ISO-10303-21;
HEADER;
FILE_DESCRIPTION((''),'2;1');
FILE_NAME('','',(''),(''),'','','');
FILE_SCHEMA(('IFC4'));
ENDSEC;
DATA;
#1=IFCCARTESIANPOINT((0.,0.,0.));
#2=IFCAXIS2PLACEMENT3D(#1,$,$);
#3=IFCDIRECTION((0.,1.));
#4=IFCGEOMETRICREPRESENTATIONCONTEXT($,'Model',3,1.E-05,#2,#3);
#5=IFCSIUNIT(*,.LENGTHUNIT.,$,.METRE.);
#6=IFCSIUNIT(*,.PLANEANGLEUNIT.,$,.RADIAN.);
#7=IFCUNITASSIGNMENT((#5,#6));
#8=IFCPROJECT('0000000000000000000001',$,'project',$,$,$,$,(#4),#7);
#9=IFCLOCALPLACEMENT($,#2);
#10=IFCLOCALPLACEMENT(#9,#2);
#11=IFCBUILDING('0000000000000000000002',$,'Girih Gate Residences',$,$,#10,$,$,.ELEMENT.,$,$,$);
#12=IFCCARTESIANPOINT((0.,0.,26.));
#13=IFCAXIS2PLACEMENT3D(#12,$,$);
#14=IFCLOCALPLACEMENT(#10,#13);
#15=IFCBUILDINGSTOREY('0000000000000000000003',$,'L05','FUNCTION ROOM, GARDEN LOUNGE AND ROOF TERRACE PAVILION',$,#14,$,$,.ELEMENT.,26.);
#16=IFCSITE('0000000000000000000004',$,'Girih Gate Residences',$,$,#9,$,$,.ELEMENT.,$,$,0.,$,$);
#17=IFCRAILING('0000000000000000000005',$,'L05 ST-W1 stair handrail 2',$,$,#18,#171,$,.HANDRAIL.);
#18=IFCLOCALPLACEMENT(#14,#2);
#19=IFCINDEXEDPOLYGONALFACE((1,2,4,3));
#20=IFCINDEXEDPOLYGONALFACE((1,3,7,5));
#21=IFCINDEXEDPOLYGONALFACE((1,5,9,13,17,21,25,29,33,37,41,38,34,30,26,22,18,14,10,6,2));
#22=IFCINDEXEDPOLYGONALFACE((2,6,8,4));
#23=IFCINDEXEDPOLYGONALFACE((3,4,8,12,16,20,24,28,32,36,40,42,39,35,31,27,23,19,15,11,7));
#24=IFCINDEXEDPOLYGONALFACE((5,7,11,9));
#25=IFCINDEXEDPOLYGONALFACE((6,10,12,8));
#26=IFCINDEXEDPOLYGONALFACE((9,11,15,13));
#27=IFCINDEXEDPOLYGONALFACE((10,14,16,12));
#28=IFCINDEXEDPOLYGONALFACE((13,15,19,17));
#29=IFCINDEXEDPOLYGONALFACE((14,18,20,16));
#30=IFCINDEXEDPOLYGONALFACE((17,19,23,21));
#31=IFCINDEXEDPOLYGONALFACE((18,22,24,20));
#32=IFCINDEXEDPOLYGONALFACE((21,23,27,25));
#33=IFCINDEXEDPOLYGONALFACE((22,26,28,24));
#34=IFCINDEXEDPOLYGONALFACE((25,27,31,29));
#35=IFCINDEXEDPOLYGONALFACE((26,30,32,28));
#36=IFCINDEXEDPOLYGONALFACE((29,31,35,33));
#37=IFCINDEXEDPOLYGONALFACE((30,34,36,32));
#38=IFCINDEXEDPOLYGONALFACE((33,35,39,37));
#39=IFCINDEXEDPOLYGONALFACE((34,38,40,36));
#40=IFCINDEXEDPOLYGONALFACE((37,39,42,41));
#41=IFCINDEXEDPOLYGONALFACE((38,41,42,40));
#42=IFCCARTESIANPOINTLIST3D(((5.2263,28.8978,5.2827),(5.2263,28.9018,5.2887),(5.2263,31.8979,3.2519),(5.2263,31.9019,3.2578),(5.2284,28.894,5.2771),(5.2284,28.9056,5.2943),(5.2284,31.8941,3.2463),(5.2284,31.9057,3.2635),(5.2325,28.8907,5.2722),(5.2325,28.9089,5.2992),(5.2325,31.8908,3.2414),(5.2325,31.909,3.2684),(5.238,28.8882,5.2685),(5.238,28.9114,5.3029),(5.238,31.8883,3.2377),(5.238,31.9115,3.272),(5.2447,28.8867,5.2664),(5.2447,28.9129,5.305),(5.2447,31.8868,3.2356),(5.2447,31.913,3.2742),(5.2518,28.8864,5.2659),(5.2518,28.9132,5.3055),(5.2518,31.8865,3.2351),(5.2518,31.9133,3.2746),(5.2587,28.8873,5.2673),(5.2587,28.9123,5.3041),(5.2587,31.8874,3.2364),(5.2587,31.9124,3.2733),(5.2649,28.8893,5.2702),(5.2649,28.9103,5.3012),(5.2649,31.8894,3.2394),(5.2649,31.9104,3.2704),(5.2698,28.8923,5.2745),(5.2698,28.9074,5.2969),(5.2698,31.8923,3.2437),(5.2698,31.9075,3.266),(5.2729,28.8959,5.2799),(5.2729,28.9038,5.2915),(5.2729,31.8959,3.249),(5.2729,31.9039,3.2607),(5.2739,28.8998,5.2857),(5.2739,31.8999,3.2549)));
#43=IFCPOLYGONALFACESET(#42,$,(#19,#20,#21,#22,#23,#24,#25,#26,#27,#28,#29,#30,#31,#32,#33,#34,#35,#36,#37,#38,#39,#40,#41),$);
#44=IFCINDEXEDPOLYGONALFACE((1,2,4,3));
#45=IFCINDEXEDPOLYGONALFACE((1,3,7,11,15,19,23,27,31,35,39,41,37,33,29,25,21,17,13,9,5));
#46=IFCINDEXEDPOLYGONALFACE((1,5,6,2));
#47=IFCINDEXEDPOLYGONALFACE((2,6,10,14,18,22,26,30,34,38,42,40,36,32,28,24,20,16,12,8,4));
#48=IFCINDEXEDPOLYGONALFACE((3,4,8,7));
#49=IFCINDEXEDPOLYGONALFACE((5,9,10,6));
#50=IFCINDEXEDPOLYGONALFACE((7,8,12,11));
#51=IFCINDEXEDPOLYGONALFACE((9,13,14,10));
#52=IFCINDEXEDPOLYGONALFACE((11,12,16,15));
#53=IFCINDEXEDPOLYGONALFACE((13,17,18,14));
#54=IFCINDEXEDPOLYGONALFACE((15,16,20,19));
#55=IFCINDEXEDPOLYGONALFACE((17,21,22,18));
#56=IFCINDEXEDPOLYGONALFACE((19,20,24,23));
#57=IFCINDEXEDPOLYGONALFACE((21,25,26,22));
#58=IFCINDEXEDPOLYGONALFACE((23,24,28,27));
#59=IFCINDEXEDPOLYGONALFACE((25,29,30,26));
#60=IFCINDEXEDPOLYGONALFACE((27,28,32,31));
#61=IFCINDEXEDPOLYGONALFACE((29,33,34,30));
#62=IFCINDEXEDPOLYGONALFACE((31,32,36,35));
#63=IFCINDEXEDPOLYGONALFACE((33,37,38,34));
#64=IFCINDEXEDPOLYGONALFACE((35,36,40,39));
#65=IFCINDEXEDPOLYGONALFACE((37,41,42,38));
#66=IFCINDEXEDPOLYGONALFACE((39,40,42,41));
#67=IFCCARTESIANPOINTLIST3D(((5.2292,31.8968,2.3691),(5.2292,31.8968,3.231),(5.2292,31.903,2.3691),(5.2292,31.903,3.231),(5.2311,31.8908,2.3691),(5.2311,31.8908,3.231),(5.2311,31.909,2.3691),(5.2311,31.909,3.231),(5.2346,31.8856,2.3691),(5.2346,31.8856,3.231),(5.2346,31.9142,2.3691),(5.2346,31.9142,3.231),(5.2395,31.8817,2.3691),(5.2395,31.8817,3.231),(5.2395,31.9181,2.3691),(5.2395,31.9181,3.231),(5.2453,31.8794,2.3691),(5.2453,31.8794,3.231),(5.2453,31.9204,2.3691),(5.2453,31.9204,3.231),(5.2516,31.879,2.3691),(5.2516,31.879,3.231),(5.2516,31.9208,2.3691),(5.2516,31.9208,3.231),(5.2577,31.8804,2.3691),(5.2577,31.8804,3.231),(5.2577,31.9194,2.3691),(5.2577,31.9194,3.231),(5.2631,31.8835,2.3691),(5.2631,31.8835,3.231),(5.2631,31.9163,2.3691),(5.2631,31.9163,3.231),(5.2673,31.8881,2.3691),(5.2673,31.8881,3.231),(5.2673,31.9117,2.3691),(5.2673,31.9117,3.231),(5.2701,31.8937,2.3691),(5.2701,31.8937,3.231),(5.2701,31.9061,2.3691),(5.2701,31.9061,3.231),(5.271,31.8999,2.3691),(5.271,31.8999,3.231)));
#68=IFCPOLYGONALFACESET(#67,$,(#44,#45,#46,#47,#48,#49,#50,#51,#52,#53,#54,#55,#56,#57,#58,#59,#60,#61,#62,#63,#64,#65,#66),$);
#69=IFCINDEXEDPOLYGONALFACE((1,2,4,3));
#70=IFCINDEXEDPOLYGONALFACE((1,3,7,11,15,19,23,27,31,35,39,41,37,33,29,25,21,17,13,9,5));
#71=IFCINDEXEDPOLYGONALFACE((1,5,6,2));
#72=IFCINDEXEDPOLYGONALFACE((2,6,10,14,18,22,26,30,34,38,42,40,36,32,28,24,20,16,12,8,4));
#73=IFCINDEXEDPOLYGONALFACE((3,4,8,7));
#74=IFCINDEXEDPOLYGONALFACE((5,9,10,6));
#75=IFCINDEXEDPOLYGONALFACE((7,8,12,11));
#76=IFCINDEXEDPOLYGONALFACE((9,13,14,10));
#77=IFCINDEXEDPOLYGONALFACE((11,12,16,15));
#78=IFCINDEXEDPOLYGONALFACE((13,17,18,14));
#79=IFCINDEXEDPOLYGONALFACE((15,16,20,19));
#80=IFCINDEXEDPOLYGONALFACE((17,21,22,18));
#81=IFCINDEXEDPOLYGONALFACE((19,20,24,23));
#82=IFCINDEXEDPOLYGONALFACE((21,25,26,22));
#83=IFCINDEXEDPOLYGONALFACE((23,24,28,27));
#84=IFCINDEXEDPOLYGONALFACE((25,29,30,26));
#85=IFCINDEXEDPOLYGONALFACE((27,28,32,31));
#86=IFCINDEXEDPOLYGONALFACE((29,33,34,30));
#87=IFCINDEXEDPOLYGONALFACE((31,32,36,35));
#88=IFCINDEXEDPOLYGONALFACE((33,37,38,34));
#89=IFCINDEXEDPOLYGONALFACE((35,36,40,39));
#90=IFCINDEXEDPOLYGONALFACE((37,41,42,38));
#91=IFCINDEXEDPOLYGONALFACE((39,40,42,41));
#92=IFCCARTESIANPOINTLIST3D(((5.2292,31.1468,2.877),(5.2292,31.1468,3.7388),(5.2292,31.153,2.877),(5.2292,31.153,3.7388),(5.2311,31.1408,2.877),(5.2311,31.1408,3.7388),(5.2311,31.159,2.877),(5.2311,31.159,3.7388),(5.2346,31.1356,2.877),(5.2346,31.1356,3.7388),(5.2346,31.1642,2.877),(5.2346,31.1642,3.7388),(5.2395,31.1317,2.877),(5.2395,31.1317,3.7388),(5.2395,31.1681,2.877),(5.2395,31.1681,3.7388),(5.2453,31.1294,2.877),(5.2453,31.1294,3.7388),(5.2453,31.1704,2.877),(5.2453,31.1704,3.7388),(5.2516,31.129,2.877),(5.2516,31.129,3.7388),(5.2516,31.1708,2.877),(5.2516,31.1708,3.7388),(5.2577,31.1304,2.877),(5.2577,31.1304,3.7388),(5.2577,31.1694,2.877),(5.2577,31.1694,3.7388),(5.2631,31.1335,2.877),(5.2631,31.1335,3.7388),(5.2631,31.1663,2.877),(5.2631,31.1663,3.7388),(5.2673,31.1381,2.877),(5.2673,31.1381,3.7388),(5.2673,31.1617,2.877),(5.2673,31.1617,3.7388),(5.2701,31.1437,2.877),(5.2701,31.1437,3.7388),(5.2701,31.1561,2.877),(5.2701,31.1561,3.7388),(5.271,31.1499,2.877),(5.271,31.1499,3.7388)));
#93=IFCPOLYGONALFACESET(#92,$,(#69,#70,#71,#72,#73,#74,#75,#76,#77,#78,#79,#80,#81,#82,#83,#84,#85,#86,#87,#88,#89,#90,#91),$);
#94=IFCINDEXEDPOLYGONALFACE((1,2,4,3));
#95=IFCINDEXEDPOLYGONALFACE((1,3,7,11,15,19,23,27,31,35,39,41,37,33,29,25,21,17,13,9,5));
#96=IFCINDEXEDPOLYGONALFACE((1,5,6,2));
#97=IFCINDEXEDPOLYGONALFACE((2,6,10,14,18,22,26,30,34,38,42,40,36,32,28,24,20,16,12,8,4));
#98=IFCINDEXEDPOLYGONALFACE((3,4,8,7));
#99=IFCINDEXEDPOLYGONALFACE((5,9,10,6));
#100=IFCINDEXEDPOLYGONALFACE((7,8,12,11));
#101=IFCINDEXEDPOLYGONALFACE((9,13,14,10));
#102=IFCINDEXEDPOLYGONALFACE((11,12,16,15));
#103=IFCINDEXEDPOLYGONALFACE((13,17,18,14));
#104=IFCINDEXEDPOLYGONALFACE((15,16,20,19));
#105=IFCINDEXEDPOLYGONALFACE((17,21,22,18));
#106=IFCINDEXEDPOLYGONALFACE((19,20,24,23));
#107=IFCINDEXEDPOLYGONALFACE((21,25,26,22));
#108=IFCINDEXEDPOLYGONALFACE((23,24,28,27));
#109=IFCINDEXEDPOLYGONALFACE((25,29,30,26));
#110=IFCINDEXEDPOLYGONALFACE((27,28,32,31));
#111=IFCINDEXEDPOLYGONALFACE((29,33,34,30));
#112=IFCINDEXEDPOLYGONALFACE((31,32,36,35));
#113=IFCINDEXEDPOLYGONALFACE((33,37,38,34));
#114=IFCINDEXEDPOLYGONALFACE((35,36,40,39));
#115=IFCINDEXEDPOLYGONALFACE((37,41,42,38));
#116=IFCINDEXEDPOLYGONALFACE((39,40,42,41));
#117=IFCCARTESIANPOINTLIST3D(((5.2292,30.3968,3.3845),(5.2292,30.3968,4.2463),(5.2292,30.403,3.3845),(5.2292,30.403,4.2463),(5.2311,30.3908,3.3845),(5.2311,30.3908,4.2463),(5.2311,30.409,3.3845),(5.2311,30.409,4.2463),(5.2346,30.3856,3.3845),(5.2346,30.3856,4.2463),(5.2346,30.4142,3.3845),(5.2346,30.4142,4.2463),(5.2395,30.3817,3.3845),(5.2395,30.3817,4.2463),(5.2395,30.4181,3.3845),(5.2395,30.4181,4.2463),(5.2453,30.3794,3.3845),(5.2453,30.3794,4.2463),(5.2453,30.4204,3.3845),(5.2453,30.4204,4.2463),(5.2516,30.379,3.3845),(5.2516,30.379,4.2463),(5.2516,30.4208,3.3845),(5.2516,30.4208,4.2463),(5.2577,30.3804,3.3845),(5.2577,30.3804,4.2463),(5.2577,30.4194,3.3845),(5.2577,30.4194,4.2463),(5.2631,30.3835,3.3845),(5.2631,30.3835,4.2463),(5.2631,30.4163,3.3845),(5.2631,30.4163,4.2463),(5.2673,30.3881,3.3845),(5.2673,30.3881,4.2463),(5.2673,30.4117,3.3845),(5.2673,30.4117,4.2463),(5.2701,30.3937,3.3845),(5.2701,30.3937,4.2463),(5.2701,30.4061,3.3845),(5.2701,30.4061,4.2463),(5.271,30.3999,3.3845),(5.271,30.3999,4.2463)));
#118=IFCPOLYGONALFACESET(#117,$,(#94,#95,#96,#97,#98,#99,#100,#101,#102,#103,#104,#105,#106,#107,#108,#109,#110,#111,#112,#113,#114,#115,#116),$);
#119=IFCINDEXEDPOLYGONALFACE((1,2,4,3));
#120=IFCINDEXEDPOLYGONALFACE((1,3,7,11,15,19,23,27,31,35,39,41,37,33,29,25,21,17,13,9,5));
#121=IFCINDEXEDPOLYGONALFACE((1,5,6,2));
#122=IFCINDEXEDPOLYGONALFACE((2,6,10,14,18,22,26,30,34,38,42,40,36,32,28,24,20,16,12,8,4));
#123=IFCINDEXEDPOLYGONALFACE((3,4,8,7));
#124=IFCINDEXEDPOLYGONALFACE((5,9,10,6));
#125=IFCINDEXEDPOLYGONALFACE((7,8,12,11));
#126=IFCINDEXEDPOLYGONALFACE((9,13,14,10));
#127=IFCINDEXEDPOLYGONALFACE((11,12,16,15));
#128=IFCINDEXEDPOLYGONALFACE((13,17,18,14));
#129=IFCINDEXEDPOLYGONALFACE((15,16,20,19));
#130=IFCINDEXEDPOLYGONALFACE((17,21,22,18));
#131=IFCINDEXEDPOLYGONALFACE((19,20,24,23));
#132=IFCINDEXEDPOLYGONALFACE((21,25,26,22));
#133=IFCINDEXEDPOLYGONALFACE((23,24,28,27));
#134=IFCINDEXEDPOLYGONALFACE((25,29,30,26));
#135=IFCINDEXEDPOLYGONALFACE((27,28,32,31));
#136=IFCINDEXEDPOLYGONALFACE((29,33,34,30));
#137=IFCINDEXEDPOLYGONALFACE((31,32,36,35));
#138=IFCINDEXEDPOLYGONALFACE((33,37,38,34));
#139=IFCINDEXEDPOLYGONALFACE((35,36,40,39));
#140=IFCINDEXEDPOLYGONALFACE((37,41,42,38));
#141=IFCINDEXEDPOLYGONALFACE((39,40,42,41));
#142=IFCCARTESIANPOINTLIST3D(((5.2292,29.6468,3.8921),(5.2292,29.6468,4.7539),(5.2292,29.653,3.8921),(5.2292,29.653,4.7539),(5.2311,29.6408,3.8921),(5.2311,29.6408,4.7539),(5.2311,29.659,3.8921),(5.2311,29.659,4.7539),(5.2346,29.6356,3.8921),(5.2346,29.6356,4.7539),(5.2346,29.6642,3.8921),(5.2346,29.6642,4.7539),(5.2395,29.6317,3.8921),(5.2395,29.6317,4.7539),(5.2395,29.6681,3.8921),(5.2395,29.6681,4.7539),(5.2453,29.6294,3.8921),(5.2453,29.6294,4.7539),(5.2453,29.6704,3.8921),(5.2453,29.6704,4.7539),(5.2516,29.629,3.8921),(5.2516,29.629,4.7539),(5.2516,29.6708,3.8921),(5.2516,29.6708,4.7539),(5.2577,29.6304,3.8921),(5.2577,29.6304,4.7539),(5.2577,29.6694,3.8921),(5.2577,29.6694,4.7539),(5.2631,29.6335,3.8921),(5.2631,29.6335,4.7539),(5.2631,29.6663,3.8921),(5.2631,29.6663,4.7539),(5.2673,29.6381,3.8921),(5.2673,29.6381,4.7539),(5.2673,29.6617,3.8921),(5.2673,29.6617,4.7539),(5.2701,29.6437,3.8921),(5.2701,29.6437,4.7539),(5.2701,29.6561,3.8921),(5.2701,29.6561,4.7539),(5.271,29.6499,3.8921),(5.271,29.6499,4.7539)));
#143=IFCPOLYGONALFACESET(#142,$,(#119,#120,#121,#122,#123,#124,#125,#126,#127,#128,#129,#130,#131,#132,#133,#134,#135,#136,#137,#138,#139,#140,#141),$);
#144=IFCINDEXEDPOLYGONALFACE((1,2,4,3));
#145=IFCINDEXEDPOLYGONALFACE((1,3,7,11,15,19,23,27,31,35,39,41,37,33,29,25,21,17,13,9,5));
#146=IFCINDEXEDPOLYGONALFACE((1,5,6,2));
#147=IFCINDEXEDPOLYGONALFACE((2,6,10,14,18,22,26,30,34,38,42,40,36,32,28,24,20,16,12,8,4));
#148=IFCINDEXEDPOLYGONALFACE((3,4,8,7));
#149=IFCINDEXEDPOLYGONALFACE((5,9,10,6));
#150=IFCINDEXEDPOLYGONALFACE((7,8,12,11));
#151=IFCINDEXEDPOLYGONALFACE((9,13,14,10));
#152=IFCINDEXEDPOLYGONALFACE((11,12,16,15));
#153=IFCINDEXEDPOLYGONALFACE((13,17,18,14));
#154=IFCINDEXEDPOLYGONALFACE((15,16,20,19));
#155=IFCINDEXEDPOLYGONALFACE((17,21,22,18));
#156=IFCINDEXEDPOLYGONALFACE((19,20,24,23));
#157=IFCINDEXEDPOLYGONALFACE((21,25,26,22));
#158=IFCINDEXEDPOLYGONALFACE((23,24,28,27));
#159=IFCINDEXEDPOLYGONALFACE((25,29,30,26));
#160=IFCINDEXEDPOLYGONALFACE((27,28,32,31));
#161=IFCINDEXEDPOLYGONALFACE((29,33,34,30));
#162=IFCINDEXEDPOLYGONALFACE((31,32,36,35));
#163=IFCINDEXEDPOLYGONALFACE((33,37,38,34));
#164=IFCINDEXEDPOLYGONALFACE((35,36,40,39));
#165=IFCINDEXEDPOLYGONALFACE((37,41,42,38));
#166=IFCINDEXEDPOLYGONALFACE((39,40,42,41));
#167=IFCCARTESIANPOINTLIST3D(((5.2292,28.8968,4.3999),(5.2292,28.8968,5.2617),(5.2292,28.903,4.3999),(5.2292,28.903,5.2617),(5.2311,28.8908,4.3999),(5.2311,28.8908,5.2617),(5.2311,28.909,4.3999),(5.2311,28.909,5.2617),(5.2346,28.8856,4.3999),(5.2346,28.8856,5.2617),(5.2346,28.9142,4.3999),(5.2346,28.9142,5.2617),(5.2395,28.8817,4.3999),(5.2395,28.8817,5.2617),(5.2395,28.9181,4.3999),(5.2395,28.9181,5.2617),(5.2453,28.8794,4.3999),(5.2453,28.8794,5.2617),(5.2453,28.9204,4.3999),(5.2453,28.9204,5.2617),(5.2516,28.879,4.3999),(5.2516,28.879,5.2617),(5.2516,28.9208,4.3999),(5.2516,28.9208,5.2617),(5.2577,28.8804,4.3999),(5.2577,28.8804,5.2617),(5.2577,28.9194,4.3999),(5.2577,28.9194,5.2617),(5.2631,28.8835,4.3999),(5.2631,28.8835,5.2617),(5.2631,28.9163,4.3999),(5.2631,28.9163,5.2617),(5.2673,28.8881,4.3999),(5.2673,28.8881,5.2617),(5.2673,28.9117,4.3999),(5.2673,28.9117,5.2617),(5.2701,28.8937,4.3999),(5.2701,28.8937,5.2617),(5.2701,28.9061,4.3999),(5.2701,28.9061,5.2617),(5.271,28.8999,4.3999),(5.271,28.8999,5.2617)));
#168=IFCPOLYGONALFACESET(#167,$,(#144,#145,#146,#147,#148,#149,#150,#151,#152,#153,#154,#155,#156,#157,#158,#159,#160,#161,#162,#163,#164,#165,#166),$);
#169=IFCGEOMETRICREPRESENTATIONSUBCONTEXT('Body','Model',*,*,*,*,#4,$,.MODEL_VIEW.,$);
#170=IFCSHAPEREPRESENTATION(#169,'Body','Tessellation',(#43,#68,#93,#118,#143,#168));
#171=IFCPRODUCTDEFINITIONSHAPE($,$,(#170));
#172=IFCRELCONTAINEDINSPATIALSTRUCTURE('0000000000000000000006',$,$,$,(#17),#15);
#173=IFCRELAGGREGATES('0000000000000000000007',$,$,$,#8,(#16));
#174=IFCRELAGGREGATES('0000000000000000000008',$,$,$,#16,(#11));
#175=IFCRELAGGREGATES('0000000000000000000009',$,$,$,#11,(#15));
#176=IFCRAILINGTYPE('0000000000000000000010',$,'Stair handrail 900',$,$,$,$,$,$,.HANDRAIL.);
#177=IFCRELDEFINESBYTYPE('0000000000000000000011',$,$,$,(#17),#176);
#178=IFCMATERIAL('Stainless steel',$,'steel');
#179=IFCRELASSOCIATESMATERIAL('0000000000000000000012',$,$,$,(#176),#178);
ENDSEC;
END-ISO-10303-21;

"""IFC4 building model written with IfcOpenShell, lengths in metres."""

from ifc_helpers import new_model, si_unit, direction, frame, origin, origin_2d, place, context, subcontext, project, spatial, circle, extrude, material, type_object, element, save


model = new_model("IFC4")

# Units and contexts
model_context = context("Model", 3, precision=1e-05, world=origin(), true_north=direction((0.0, 1.0)))
body_context = subcontext(model_context, "Body", "Model", "MODEL_VIEW")
ifc_project = project(units=[si_unit("LENGTHUNIT", "METRE"), si_unit("PLANEANGLEUNIT", "RADIAN")], contexts=[model_context])

# Site, building, storey
site_placement = place(None, origin())
site = spatial("IfcSite", under=ifc_project, at=site_placement, Name="Girih Gate Residences", CompositionType="ELEMENT", RefElevation=0.0)
building_placement = place(site_placement, origin())
building = spatial("IfcBuilding", under=site, at=building_placement, Name="Girih Gate Residences", CompositionType="ELEMENT")
storey_placement = place(building_placement, frame((0.0, 0.0, 26.0)))
storey = spatial("IfcBuildingStorey", under=building, at=storey_placement, Name="L05", Description="FUNCTION ROOM, GARDEN LOUNGE AND ROOF TERRACE PAVILION", CompositionType="ELEMENT", Elevation=26.0)

# Railing
ifc_material_1 = material(Name="Stainless steel", Category="steel")
railing_type_1 = type_object("IfcRailingType", Name="Stair handrail 900", PredefinedType="HANDRAIL", material=ifc_material_1)
railing_1_placement = place(storey_placement, frame((5.25, 31.8999, 2.3691)))
element("IfcRailing", 1, at=railing_1_placement, inside=storey, type_object=railing_type_1, Name="L05 ST-W1 stair handrail 2", PredefinedType="HANDRAIL", context=body_context, shape_type="SweptSolid", body=[
    extrude(circle(Radius=0.0239, at=origin_2d()), frame((0.0, 0.0, 0.8857), z_axis=(0.0, -0.82811, 0.560565), x_axis=(1.0, 0.0, 0.0)), (0.0, 0.0, 1.0), 3.6228),
    extrude(circle(Radius=0.021, at=origin_2d()), origin(), (0.0, 0.0, 1.0), 0.8618),
    extrude(circle(Radius=0.021, at=origin_2d()), frame((0.0, -0.75, 0.5078)), (0.0, 0.0, 1.0), 0.8618),
    extrude(circle(Radius=0.021, at=origin_2d()), frame((0.0, -1.5, 1.0154)), (0.0, 0.0, 1.0), 0.8618),
    extrude(circle(Radius=0.021, at=origin_2d()), frame((0.0, -2.25, 1.5229)), (0.0, 0.0, 1.0), 0.8618),
    extrude(circle(Radius=0.021, at=origin_2d()), frame((0.0, -3.0, 2.0308)), (0.0, 0.0, 1.0), 0.8618),
])

save(model, "model.ifc")
